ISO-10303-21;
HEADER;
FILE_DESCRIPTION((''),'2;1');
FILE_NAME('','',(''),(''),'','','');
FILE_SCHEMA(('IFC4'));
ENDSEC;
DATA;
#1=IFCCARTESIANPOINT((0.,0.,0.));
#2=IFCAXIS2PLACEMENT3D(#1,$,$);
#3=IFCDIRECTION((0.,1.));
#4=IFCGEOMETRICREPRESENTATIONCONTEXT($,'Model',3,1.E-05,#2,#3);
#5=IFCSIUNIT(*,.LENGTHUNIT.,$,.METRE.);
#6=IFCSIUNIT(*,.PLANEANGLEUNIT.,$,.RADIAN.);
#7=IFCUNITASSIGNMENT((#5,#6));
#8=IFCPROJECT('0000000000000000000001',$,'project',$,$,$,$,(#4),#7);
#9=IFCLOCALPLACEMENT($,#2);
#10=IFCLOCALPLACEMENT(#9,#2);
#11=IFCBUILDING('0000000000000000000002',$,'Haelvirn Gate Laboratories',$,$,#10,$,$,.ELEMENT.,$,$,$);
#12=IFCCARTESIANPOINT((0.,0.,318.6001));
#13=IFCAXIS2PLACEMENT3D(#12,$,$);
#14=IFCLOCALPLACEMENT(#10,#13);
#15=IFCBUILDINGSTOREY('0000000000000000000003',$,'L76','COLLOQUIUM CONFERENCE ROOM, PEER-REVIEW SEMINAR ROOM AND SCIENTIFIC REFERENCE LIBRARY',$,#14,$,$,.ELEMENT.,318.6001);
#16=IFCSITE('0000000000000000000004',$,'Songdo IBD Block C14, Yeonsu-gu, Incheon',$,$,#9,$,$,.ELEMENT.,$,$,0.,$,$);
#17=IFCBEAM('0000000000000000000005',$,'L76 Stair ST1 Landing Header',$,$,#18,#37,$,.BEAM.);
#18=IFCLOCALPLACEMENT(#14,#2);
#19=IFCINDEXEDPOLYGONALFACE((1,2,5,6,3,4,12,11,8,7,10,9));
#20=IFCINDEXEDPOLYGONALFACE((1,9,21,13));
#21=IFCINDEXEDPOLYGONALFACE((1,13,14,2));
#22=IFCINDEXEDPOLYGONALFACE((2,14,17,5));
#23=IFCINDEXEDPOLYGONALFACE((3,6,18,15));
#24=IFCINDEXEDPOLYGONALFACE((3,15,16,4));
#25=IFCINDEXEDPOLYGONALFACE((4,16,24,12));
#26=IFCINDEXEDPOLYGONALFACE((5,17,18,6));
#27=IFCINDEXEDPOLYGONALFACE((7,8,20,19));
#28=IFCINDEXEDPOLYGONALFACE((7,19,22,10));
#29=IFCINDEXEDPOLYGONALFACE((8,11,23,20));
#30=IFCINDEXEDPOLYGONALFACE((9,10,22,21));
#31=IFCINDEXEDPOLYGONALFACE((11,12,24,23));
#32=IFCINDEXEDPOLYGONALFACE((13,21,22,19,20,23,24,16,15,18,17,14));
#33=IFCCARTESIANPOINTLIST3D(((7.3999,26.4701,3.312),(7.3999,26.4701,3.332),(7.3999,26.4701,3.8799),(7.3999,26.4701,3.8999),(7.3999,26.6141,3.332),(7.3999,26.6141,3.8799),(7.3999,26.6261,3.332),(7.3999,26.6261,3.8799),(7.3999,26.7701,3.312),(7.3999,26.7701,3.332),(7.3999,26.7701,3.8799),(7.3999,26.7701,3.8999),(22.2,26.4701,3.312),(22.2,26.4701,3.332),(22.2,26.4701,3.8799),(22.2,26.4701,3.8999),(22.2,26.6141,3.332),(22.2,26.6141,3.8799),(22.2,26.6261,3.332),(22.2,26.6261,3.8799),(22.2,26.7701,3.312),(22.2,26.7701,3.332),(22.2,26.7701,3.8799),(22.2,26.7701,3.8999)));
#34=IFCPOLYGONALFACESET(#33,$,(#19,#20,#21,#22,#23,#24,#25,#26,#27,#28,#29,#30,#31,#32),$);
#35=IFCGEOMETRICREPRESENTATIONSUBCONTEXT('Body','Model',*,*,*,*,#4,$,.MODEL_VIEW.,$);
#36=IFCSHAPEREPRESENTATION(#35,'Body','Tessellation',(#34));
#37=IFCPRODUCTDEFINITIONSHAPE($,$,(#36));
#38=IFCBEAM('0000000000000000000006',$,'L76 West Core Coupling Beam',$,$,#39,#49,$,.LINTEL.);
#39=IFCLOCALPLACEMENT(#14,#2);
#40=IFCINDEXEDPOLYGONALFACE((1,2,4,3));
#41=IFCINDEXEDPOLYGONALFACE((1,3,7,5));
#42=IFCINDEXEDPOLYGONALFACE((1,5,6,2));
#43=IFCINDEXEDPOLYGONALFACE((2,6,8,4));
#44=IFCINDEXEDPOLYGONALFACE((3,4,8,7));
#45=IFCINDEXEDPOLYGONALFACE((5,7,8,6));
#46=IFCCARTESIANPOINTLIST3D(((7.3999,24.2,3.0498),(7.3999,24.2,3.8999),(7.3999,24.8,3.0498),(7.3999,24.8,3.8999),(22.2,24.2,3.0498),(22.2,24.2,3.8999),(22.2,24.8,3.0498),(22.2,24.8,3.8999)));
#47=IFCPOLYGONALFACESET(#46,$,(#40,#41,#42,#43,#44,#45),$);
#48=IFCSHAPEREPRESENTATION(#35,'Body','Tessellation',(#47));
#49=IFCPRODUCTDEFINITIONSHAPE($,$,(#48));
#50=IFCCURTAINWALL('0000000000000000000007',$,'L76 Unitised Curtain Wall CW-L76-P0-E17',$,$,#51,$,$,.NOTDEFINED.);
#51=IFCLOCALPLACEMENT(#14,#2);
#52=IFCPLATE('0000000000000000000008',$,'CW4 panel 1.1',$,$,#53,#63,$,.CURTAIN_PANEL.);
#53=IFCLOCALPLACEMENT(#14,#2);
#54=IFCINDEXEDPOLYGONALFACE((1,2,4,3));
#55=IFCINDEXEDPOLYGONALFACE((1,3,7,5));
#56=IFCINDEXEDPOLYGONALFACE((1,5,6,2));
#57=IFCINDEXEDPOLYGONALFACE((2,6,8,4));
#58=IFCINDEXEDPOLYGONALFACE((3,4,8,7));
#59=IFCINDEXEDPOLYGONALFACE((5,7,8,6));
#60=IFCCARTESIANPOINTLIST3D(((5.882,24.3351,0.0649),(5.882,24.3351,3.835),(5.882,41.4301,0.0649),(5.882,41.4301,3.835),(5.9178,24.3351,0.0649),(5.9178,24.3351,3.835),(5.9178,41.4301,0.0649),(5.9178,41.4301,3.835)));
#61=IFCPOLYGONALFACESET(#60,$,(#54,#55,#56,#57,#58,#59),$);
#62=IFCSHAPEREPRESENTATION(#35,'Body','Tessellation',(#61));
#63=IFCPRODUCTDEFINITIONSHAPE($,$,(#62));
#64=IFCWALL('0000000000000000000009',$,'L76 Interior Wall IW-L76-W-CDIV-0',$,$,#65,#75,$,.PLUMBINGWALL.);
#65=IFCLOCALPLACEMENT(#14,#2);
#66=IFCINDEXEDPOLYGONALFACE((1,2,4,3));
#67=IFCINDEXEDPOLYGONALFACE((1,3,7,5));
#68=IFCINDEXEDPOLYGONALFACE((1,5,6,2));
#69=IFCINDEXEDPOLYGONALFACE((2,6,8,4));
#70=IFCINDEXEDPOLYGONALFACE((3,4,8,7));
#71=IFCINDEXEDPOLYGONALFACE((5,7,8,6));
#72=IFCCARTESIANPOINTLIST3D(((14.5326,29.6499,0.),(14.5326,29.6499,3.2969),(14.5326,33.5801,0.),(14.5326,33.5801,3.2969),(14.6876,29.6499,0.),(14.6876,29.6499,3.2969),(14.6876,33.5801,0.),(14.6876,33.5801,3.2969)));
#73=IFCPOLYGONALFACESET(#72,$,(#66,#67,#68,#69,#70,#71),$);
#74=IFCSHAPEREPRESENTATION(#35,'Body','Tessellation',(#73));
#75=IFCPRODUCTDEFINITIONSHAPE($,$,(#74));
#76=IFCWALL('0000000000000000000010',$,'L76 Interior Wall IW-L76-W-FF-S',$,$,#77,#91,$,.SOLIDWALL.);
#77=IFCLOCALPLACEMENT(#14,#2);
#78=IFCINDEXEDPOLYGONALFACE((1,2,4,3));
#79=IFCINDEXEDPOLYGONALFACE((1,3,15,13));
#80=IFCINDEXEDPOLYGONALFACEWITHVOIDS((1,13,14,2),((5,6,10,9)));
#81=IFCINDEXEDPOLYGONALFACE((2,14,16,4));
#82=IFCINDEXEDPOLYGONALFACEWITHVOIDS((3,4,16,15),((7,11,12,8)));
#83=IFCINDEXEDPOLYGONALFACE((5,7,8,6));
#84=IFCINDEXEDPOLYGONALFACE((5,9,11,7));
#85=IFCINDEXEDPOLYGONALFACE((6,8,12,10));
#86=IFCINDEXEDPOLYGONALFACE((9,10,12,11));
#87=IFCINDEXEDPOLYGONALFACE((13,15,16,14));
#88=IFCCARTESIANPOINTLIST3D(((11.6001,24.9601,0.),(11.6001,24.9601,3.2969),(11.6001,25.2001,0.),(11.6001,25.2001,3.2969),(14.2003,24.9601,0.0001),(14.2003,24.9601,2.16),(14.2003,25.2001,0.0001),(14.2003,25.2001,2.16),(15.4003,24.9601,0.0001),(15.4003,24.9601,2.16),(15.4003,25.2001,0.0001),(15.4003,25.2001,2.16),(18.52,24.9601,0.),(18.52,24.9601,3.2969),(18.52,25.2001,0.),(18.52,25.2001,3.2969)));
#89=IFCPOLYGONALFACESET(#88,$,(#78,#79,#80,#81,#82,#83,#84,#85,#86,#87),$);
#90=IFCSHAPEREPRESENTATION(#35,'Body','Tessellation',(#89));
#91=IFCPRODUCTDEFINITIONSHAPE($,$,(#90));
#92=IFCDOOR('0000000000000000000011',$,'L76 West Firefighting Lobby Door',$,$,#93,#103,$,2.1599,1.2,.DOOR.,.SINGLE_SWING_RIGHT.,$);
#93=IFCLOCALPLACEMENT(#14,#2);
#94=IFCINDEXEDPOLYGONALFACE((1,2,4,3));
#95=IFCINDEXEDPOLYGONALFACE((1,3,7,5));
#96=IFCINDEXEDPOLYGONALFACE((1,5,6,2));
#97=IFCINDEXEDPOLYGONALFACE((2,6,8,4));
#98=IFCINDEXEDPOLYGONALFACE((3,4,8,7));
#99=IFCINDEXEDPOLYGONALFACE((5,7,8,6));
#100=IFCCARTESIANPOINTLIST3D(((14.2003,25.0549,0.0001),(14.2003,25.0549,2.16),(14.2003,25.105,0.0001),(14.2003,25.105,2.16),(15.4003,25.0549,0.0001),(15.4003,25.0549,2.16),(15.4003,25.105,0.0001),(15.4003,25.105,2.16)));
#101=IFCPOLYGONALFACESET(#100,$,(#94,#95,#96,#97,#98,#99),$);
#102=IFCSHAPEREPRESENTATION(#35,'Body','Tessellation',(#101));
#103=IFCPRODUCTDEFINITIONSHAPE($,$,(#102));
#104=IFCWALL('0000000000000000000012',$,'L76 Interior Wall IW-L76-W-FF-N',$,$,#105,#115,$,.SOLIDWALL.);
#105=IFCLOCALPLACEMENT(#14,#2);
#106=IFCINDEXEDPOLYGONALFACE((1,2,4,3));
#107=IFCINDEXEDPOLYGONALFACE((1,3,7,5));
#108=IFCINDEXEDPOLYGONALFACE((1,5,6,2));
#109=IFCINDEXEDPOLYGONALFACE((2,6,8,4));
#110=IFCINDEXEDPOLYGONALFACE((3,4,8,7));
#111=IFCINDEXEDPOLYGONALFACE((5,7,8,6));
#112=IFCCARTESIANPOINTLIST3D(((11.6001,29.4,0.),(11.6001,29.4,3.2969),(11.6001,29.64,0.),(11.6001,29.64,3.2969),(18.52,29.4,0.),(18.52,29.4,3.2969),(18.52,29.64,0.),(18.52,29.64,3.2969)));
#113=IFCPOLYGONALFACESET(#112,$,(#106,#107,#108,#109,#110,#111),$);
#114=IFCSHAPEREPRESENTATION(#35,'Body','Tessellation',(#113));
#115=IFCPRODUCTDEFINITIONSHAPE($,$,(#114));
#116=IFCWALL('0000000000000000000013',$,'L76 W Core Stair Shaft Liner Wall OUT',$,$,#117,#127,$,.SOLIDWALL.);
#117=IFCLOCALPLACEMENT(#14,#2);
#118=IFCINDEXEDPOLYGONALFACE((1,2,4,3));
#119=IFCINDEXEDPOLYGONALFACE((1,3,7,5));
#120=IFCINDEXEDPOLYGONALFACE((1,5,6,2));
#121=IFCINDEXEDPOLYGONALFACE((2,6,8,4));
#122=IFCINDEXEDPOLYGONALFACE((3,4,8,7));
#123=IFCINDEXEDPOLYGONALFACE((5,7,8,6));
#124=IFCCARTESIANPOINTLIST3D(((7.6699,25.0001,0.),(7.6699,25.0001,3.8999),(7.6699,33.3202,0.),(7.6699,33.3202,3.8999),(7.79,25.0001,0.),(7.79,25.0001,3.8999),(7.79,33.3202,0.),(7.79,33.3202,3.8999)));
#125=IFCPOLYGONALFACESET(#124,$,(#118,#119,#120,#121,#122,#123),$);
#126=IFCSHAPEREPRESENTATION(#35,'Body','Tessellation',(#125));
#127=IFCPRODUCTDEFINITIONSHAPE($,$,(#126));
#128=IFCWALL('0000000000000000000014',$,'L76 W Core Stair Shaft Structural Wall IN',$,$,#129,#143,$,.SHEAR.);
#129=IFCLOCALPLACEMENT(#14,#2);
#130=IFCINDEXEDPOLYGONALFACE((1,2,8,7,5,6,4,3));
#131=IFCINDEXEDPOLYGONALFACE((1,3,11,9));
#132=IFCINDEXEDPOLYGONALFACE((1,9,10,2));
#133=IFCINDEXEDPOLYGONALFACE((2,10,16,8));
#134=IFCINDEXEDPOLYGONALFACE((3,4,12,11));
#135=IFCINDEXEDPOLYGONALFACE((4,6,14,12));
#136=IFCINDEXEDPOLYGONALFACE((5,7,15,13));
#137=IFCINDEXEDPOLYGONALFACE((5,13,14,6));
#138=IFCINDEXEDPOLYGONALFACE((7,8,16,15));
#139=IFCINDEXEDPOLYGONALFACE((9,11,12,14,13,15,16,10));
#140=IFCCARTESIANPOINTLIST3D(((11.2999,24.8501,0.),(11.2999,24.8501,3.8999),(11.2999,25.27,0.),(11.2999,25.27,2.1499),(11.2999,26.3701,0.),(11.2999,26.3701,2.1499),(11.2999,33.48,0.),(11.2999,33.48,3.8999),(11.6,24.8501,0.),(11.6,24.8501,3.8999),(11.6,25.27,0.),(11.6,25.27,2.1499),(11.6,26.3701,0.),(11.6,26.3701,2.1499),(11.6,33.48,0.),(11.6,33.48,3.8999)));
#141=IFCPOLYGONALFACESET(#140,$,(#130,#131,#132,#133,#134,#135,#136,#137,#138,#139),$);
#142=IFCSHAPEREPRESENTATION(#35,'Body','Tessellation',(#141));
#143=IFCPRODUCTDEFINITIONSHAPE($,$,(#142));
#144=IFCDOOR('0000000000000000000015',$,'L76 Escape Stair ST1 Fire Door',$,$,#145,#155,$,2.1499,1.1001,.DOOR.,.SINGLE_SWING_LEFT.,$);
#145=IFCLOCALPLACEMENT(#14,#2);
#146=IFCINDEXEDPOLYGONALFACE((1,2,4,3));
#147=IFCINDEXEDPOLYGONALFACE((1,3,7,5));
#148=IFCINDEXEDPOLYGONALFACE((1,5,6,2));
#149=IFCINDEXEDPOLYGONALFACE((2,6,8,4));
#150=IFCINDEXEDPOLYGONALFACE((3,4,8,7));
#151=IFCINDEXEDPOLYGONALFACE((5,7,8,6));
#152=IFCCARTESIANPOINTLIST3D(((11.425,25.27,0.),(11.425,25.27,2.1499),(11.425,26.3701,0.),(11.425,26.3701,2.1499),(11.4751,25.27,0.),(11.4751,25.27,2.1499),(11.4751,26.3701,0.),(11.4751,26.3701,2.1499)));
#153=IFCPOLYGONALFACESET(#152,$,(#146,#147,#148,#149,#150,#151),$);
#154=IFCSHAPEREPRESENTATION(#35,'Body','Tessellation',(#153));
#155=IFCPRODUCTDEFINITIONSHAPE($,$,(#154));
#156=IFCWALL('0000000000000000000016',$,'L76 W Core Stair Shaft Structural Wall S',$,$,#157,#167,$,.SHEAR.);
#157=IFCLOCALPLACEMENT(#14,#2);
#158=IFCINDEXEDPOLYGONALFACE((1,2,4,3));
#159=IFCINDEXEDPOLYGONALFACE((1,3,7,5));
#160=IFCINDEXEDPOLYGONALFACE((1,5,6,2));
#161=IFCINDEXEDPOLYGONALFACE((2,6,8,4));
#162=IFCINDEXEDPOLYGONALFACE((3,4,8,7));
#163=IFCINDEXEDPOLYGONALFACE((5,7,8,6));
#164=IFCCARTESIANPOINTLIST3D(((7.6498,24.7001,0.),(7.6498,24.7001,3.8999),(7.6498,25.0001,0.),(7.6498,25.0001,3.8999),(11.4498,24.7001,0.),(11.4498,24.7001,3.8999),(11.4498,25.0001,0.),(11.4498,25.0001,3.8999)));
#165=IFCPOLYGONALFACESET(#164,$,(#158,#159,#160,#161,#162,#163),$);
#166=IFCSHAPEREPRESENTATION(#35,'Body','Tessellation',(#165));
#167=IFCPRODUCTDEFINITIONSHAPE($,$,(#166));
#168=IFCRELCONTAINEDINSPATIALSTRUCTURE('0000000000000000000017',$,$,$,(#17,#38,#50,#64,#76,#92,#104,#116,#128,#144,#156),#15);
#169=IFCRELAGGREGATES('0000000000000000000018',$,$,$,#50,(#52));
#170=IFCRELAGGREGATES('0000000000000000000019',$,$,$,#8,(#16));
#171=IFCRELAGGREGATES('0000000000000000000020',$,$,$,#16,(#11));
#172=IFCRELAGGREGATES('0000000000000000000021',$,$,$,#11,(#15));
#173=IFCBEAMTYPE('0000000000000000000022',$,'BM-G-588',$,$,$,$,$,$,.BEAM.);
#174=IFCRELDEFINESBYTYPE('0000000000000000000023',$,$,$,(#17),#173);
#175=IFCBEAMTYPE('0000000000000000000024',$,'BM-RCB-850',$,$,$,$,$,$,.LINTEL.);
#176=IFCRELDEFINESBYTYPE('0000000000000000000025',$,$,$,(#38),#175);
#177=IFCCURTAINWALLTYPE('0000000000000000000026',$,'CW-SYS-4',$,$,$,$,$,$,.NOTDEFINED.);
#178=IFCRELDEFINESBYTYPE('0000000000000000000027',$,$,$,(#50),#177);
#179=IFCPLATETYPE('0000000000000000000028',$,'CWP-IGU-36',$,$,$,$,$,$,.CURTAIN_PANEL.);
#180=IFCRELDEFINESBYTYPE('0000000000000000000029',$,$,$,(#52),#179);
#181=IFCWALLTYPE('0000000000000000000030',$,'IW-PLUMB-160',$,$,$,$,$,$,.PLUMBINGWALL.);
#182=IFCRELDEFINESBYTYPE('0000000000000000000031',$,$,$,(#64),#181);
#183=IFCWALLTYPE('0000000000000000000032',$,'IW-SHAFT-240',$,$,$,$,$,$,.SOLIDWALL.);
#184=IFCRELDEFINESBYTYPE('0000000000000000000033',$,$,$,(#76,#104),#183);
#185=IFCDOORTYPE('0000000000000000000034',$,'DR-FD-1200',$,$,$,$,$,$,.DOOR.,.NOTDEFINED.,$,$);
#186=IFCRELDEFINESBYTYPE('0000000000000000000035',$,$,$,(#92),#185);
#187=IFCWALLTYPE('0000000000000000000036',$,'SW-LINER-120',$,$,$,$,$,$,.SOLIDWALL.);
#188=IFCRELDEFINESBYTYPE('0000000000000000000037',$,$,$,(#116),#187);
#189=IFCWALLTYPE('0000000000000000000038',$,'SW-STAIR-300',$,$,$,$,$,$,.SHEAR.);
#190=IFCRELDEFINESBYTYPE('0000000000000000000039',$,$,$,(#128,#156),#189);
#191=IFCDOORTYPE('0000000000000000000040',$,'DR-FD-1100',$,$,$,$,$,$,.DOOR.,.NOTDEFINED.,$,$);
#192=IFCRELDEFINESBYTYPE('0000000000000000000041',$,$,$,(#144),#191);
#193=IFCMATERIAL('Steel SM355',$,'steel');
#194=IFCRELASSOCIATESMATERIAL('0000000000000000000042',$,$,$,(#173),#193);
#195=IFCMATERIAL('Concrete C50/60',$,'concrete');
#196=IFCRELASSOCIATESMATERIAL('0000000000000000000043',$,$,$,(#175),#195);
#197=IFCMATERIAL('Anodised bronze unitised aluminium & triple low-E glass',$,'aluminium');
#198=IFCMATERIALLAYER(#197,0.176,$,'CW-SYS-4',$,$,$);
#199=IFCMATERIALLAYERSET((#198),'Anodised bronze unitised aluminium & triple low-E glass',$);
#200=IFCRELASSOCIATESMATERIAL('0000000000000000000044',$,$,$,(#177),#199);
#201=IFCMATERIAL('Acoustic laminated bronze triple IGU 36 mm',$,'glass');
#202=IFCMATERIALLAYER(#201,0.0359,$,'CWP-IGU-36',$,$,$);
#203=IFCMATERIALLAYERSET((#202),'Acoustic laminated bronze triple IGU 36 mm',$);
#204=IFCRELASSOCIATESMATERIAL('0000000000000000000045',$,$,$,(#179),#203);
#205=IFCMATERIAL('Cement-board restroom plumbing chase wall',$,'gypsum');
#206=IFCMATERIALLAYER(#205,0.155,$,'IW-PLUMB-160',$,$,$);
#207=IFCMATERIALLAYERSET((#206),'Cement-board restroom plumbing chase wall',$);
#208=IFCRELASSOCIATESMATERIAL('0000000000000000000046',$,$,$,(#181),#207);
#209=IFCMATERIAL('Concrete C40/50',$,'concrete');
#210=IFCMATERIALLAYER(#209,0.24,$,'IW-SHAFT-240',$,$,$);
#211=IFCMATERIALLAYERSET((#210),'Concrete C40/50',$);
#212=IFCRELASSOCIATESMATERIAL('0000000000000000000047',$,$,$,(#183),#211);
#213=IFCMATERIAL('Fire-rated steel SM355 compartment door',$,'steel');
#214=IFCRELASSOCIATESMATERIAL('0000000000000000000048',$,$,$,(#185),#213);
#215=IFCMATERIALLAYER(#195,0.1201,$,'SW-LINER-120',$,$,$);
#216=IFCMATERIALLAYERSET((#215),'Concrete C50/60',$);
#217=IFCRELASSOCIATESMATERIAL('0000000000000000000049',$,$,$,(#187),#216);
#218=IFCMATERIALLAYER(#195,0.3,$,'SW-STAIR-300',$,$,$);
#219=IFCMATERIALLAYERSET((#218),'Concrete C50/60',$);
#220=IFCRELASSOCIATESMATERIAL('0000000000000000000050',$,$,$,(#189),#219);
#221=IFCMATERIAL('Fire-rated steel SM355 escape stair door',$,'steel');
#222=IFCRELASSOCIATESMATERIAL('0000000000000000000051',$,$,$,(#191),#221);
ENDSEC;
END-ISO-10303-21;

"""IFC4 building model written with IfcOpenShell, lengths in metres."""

from ifc_helpers import new_model, si_unit, direction, frame, frame_2d, origin, origin_2d, place, context, subcontext, project, spatial, rectangle, i_section, extrude, source, transform, mapped, material, layer, layer_set, material_profile, profile_set, type_object, type_shapes, element, fill, aggregate, save


model = new_model("IFC4")

# Units and contexts
model_context = context("Model", 3, precision=1e-05, world=origin(), true_north=direction((0.0, 1.0)))
body_context = subcontext(model_context, "Body", "Model", "MODEL_VIEW")
ifc_project = project(units=[si_unit("LENGTHUNIT", "METRE"), si_unit("PLANEANGLEUNIT", "RADIAN")], contexts=[model_context])

# Site, building, storey
site_placement = place(None, origin())
site = spatial("IfcSite", under=ifc_project, at=site_placement, Name="Songdo IBD Block C14, Yeonsu-gu, Incheon", CompositionType="ELEMENT", RefElevation=0.0)
building_placement = place(site_placement, origin())
building = spatial("IfcBuilding", under=site, at=building_placement, Name="Haelvirn Gate Laboratories", CompositionType="ELEMENT")
storey_placement = place(building_placement, frame((0.0, 0.0, 318.6001)))
storey = spatial("IfcBuildingStorey", under=building, at=storey_placement, Name="L76", Description="COLLOQUIUM CONFERENCE ROOM, PEER-REVIEW SEMINAR ROOM AND SCIENTIFIC REFERENCE LIBRARY", CompositionType="ELEMENT", Elevation=318.6001)

# Beams
ifc_material_1 = material(Name="Steel SM355", Category="steel")
ifc_material_profile_1 = material_profile(ifc_material_1, i_section(OverallWidth=0.3, OverallDepth=0.5879, WebThickness=0.012, FlangeThickness=0.02, at=origin_2d()), Name="H-588x300x12x20")
ifc_profile_set_1 = profile_set([ifc_material_profile_1], Name="Steel SM355")
beam_type_1 = type_object("IfcBeamType", Name="BM-G-588", PredefinedType="BEAM", material=ifc_profile_set_1)
shared_shape_1 = source(origin(), body_context, "Body", "SweptSolid", [
    extrude(i_section(OverallWidth=0.3, OverallDepth=0.5879, WebThickness=0.012, FlangeThickness=0.02, at=origin_2d()), origin(), (0.0, 0.0, 1.0), 14.8),
])
type_shapes(beam_type_1, [shared_shape_1])
beam_1_placement = place(storey_placement, frame((7.3999, 26.6201, 3.606), z_axis=(1.0, 0.0, 0.0), x_axis=(0.0, 1.0, 0.0)))
element("IfcBeam", 1, at=beam_1_placement, inside=storey, type_object=beam_type_1, Name="L76 Stair ST1 Landing Header", PredefinedType="BEAM", context=body_context, shape_type="MappedRepresentation", body=[
    mapped(shared_shape_1, transform((0.0, 0.0, 0.0), scale=1.0)),
])
ifc_material_2 = material(Name="Concrete C50/60", Category="concrete")
ifc_material_profile_2 = material_profile(ifc_material_2, rectangle(XDim=0.6001, YDim=0.8501, at=origin_2d()), Name="RCB-600x850")
ifc_profile_set_2 = profile_set([ifc_material_profile_2], Name="Concrete C50/60")
beam_type_2 = type_object("IfcBeamType", Name="BM-RCB-850", PredefinedType="LINTEL", material=ifc_profile_set_2)
shared_shape_2 = source(origin(), body_context, "Body", "SweptSolid", [
    extrude(rectangle(XDim=0.6001, YDim=0.8501, at=origin_2d()), origin(), (0.0, 0.0, 1.0), 14.8),
])
type_shapes(beam_type_2, [shared_shape_2])
beam_2_placement = place(storey_placement, frame((7.3999, 24.5, 3.4749), z_axis=(1.0, 0.0, 0.0), x_axis=(0.0, 1.0, 0.0)))
element("IfcBeam", 2, at=beam_2_placement, inside=storey, type_object=beam_type_2, Name="L76 West Core Coupling Beam", PredefinedType="LINTEL", context=body_context, shape_type="MappedRepresentation", body=[
    mapped(shared_shape_2, transform((0.0, 0.0, 0.0), scale=1.0)),
])

# Curtain wall, plate
ifc_material_3 = material(Name="Anodised bronze unitised aluminium & triple low-E glass", Category="aluminium")
ifc_layer_1 = layer(ifc_material_3, 0.176, Name="CW-SYS-4")
ifc_layer_set_1 = layer_set([ifc_layer_1], Name="Anodised bronze unitised aluminium & triple low-E glass")
curtain_wall_type = type_object("IfcCurtainWallType", Name="CW-SYS-4", PredefinedType="NOTDEFINED", material=ifc_layer_set_1)
curtain_wall_placement = place(storey_placement, origin())
curtain_wall = element("IfcCurtainWall", 3, at=curtain_wall_placement, inside=storey, type_object=curtain_wall_type, Name="L76 Unitised Curtain Wall CW-L76-P0-E17", PredefinedType="NOTDEFINED")
ifc_material_4 = material(Name="Acoustic laminated bronze triple IGU 36 mm", Category="glass")
ifc_layer_2 = layer(ifc_material_4, 0.0359, Name="CWP-IGU-36")
ifc_layer_set_2 = layer_set([ifc_layer_2], Name="Acoustic laminated bronze triple IGU 36 mm")
plate_type = type_object("IfcPlateType", Name="CWP-IGU-36", PredefinedType="CURTAIN_PANEL", material=ifc_layer_set_2)
shared_shape_3 = source(origin(), body_context, "Body", "SweptSolid", [
    extrude(rectangle(XDim=17.095, YDim=0.0359, at=origin_2d()), origin(), (0.0, 0.0, 1.0), 3.77),
])
type_shapes(plate_type, [shared_shape_3])
plate_placement = place(storey_placement, frame((5.8999, 32.8826, 0.0649), z_axis=(0.0, 0.0, 1.0), x_axis=(0.0, -1.0, 0.0)))
plate = element("IfcPlate", 4, at=plate_placement, type_object=plate_type, Name="CW4 panel 1.1", PredefinedType="CURTAIN_PANEL", context=body_context, shape_type="MappedRepresentation", body=[
    mapped(shared_shape_3, transform((0.0, 0.0, 0.0), scale=1.0)),
])
aggregate(curtain_wall, [plate])

# Wall
ifc_material_5 = material(Name="Cement-board restroom plumbing chase wall", Category="gypsum")
ifc_layer_3 = layer(ifc_material_5, 0.155, Name="IW-PLUMB-160")
ifc_layer_set_3 = layer_set([ifc_layer_3], Name="Cement-board restroom plumbing chase wall")
wall_type_1 = type_object("IfcWallType", Name="IW-PLUMB-160", PredefinedType="PLUMBINGWALL", material=ifc_layer_set_3)
wall_1_placement = place(storey_placement, frame((14.6101, 29.6499, 0.0), z_axis=(0.0, 0.0, 1.0), x_axis=(0.0, 1.0, 0.0)))
element("IfcWall", 5, at=wall_1_placement, inside=storey, type_object=wall_type_1, Name="L76 Interior Wall IW-L76-W-CDIV-0", PredefinedType="PLUMBINGWALL", context=body_context, shape_type="SweptSolid", body=[
    extrude(rectangle(XDim=3.9302, YDim=0.155, at=frame_2d((1.9651, 0.0))), origin(), (0.0, 0.0, 1.0), 3.2969),
])

# Wall, opening, door
ifc_material_6 = material(Name="Concrete C40/50", Category="concrete")
ifc_layer_4 = layer(ifc_material_6, 0.24, Name="IW-SHAFT-240")
ifc_layer_set_4 = layer_set([ifc_layer_4], Name="Concrete C40/50")
wall_type_2 = type_object("IfcWallType", Name="IW-SHAFT-240", PredefinedType="SOLIDWALL", material=ifc_layer_set_4)
wall_2_placement = place(storey_placement, frame((11.6001, 25.0801, 0.0), z_axis=(0.0, 0.0, 1.0), x_axis=(1.0, 0.0, 0.0)))
wall_2 = element("IfcWall", 6, at=wall_2_placement, inside=storey, type_object=wall_type_2, Name="L76 Interior Wall IW-L76-W-FF-S", PredefinedType="SOLIDWALL", context=body_context, shape_type="SweptSolid", body=[
    extrude(rectangle(XDim=6.9199, YDim=0.24, at=frame_2d((3.46, 0.0))), origin(), (0.0, 0.0, 1.0), 3.2969),
])
opening_1_placement = place(wall_2_placement, frame((2.6001, 0.0, 0.0)))
opening_1 = element("IfcOpeningElement", 7, at=opening_1_placement, cuts=wall_2, PredefinedType="OPENING", context=body_context, shape_type="SweptSolid", body=[
    extrude(rectangle(XDim=1.2, YDim=2.1599, at=frame_2d((0.6001, 1.0801))), frame((0.0, 0.1299, 0.0), z_axis=(0.0, -1.0, 0.0), x_axis=(1.0, 0.0, 0.0)), (0.0, 0.0, 1.0), 0.26),
])
ifc_material_7 = material(Name="Fire-rated steel SM355 compartment door", Category="steel")
door_type_1 = type_object("IfcDoorType", Name="DR-FD-1200", OperationType="NOTDEFINED", PredefinedType="DOOR", material=ifc_material_7)
shared_shape_4 = source(origin(), body_context, "Body", "SweptSolid", [
    extrude(rectangle(XDim=1.2, YDim=2.1599, at=frame_2d((0.6001, 1.0801))), frame((0.0, 0.0249, 0.0), z_axis=(0.0, -1.0, 0.0), x_axis=(1.0, 0.0, 0.0)), (0.0, 0.0, 1.0), 0.05),
])
type_shapes(door_type_1, [shared_shape_4])
door_1_placement = place(opening_1_placement, origin())
door_1 = element("IfcDoor", 8, at=door_1_placement, inside=storey, type_object=door_type_1, Name="L76 West Firefighting Lobby Door", OperationType="SINGLE_SWING_RIGHT", OverallHeight=2.1599, OverallWidth=1.2, PredefinedType="DOOR", context=body_context, shape_type="MappedRepresentation", body=[
    mapped(shared_shape_4, transform((0.0, 0.0, 0.0), scale=1.0)),
])
fill(opening_1, door_1)

# Walls
wall_3_placement = place(storey_placement, frame((11.6001, 29.52, 0.0), z_axis=(0.0, 0.0, 1.0), x_axis=(1.0, 0.0, 0.0)))
element("IfcWall", 9, at=wall_3_placement, inside=storey, type_object=wall_type_2, Name="L76 Interior Wall IW-L76-W-FF-N", PredefinedType="SOLIDWALL", context=body_context, shape_type="SweptSolid", body=[
    extrude(rectangle(XDim=6.9199, YDim=0.24, at=frame_2d((3.46, 0.0))), origin(), (0.0, 0.0, 1.0), 3.2969),
])
ifc_layer_5 = layer(ifc_material_2, 0.1201, Name="SW-LINER-120")
ifc_layer_set_5 = layer_set([ifc_layer_5], Name="Concrete C50/60")
wall_type_3 = type_object("IfcWallType", Name="SW-LINER-120", PredefinedType="SOLIDWALL", material=ifc_layer_set_5)
wall_4_placement = place(storey_placement, frame((7.73, 25.0, 0.0), z_axis=(0.0, 0.0, 1.0), x_axis=(0.0, 1.0, 0.0)))
element("IfcWall", 10, at=wall_4_placement, inside=storey, type_object=wall_type_3, Name="L76 W Core Stair Shaft Liner Wall OUT", PredefinedType="SOLIDWALL", context=body_context, shape_type="SweptSolid", body=[
    extrude(rectangle(XDim=8.3201, YDim=0.1201, at=frame_2d((4.1602, 0.0))), origin(), (0.0, 0.0, 1.0), 3.8999),
])

# Wall, opening, door
ifc_layer_6 = layer(ifc_material_2, 0.3, Name="SW-STAIR-300")
ifc_layer_set_6 = layer_set([ifc_layer_6], Name="Concrete C50/60")
wall_type_4 = type_object("IfcWallType", Name="SW-STAIR-300", PredefinedType="SHEAR", material=ifc_layer_set_6)
wall_5_placement = place(storey_placement, frame((11.45, 24.8501, 0.0), z_axis=(0.0, 0.0, 1.0), x_axis=(0.0, 1.0, 0.0)))
wall_5 = element("IfcWall", 11, at=wall_5_placement, inside=storey, type_object=wall_type_4, Name="L76 W Core Stair Shaft Structural Wall IN", PredefinedType="SHEAR", context=body_context, shape_type="SweptSolid", body=[
    extrude(rectangle(XDim=8.6299, YDim=0.3, at=frame_2d((4.3149, 0.0))), origin(), (0.0, 0.0, 1.0), 3.8999),
])
opening_2_placement = place(wall_5_placement, frame((0.4199, 0.0, 0.0)))
opening_2 = element("IfcOpeningElement", 12, at=opening_2_placement, cuts=wall_5, PredefinedType="OPENING", context=body_context, shape_type="SweptSolid", body=[
    extrude(rectangle(XDim=1.1001, YDim=2.1499, at=frame_2d((0.55, 1.075))), frame((0.0, 0.1602, 0.0), z_axis=(0.0, -1.0, 0.0), x_axis=(1.0, 0.0, 0.0)), (0.0, 0.0, 1.0), 0.3201),
])
ifc_material_8 = material(Name="Fire-rated steel SM355 escape stair door", Category="steel")
door_type_2 = type_object("IfcDoorType", Name="DR-FD-1100", OperationType="NOTDEFINED", PredefinedType="DOOR", material=ifc_material_8)
shared_shape_5 = source(origin(), body_context, "Body", "SweptSolid", [
    extrude(rectangle(XDim=1.1001, YDim=2.1499, at=frame_2d((0.55, 1.075))), frame((0.0, 0.0249, 0.0), z_axis=(0.0, -1.0, 0.0), x_axis=(1.0, 0.0, 0.0)), (0.0, 0.0, 1.0), 0.05),
])
type_shapes(door_type_2, [shared_shape_5])
door_2_placement = place(opening_2_placement, origin())
door_2 = element("IfcDoor", 13, at=door_2_placement, inside=storey, type_object=door_type_2, Name="L76 Escape Stair ST1 Fire Door", OperationType="SINGLE_SWING_LEFT", OverallHeight=2.1499, OverallWidth=1.1001, PredefinedType="DOOR", context=body_context, shape_type="MappedRepresentation", body=[
    mapped(shared_shape_5, transform((0.0, 0.0, 0.0), scale=1.0)),
])
fill(opening_2, door_2)

# Wall
wall_6_placement = place(storey_placement, frame((7.6499, 24.8501, 0.0), z_axis=(0.0, 0.0, 1.0), x_axis=(1.0, 0.0, 0.0)))
element("IfcWall", 14, at=wall_6_placement, inside=storey, type_object=wall_type_4, Name="L76 W Core Stair Shaft Structural Wall S", PredefinedType="SHEAR", context=body_context, shape_type="SweptSolid", body=[
    extrude(rectangle(XDim=3.8, YDim=0.3, at=frame_2d((1.8999, 0.0))), origin(), (0.0, 0.0, 1.0), 3.8999),
])

save(model, "model.ifc")
